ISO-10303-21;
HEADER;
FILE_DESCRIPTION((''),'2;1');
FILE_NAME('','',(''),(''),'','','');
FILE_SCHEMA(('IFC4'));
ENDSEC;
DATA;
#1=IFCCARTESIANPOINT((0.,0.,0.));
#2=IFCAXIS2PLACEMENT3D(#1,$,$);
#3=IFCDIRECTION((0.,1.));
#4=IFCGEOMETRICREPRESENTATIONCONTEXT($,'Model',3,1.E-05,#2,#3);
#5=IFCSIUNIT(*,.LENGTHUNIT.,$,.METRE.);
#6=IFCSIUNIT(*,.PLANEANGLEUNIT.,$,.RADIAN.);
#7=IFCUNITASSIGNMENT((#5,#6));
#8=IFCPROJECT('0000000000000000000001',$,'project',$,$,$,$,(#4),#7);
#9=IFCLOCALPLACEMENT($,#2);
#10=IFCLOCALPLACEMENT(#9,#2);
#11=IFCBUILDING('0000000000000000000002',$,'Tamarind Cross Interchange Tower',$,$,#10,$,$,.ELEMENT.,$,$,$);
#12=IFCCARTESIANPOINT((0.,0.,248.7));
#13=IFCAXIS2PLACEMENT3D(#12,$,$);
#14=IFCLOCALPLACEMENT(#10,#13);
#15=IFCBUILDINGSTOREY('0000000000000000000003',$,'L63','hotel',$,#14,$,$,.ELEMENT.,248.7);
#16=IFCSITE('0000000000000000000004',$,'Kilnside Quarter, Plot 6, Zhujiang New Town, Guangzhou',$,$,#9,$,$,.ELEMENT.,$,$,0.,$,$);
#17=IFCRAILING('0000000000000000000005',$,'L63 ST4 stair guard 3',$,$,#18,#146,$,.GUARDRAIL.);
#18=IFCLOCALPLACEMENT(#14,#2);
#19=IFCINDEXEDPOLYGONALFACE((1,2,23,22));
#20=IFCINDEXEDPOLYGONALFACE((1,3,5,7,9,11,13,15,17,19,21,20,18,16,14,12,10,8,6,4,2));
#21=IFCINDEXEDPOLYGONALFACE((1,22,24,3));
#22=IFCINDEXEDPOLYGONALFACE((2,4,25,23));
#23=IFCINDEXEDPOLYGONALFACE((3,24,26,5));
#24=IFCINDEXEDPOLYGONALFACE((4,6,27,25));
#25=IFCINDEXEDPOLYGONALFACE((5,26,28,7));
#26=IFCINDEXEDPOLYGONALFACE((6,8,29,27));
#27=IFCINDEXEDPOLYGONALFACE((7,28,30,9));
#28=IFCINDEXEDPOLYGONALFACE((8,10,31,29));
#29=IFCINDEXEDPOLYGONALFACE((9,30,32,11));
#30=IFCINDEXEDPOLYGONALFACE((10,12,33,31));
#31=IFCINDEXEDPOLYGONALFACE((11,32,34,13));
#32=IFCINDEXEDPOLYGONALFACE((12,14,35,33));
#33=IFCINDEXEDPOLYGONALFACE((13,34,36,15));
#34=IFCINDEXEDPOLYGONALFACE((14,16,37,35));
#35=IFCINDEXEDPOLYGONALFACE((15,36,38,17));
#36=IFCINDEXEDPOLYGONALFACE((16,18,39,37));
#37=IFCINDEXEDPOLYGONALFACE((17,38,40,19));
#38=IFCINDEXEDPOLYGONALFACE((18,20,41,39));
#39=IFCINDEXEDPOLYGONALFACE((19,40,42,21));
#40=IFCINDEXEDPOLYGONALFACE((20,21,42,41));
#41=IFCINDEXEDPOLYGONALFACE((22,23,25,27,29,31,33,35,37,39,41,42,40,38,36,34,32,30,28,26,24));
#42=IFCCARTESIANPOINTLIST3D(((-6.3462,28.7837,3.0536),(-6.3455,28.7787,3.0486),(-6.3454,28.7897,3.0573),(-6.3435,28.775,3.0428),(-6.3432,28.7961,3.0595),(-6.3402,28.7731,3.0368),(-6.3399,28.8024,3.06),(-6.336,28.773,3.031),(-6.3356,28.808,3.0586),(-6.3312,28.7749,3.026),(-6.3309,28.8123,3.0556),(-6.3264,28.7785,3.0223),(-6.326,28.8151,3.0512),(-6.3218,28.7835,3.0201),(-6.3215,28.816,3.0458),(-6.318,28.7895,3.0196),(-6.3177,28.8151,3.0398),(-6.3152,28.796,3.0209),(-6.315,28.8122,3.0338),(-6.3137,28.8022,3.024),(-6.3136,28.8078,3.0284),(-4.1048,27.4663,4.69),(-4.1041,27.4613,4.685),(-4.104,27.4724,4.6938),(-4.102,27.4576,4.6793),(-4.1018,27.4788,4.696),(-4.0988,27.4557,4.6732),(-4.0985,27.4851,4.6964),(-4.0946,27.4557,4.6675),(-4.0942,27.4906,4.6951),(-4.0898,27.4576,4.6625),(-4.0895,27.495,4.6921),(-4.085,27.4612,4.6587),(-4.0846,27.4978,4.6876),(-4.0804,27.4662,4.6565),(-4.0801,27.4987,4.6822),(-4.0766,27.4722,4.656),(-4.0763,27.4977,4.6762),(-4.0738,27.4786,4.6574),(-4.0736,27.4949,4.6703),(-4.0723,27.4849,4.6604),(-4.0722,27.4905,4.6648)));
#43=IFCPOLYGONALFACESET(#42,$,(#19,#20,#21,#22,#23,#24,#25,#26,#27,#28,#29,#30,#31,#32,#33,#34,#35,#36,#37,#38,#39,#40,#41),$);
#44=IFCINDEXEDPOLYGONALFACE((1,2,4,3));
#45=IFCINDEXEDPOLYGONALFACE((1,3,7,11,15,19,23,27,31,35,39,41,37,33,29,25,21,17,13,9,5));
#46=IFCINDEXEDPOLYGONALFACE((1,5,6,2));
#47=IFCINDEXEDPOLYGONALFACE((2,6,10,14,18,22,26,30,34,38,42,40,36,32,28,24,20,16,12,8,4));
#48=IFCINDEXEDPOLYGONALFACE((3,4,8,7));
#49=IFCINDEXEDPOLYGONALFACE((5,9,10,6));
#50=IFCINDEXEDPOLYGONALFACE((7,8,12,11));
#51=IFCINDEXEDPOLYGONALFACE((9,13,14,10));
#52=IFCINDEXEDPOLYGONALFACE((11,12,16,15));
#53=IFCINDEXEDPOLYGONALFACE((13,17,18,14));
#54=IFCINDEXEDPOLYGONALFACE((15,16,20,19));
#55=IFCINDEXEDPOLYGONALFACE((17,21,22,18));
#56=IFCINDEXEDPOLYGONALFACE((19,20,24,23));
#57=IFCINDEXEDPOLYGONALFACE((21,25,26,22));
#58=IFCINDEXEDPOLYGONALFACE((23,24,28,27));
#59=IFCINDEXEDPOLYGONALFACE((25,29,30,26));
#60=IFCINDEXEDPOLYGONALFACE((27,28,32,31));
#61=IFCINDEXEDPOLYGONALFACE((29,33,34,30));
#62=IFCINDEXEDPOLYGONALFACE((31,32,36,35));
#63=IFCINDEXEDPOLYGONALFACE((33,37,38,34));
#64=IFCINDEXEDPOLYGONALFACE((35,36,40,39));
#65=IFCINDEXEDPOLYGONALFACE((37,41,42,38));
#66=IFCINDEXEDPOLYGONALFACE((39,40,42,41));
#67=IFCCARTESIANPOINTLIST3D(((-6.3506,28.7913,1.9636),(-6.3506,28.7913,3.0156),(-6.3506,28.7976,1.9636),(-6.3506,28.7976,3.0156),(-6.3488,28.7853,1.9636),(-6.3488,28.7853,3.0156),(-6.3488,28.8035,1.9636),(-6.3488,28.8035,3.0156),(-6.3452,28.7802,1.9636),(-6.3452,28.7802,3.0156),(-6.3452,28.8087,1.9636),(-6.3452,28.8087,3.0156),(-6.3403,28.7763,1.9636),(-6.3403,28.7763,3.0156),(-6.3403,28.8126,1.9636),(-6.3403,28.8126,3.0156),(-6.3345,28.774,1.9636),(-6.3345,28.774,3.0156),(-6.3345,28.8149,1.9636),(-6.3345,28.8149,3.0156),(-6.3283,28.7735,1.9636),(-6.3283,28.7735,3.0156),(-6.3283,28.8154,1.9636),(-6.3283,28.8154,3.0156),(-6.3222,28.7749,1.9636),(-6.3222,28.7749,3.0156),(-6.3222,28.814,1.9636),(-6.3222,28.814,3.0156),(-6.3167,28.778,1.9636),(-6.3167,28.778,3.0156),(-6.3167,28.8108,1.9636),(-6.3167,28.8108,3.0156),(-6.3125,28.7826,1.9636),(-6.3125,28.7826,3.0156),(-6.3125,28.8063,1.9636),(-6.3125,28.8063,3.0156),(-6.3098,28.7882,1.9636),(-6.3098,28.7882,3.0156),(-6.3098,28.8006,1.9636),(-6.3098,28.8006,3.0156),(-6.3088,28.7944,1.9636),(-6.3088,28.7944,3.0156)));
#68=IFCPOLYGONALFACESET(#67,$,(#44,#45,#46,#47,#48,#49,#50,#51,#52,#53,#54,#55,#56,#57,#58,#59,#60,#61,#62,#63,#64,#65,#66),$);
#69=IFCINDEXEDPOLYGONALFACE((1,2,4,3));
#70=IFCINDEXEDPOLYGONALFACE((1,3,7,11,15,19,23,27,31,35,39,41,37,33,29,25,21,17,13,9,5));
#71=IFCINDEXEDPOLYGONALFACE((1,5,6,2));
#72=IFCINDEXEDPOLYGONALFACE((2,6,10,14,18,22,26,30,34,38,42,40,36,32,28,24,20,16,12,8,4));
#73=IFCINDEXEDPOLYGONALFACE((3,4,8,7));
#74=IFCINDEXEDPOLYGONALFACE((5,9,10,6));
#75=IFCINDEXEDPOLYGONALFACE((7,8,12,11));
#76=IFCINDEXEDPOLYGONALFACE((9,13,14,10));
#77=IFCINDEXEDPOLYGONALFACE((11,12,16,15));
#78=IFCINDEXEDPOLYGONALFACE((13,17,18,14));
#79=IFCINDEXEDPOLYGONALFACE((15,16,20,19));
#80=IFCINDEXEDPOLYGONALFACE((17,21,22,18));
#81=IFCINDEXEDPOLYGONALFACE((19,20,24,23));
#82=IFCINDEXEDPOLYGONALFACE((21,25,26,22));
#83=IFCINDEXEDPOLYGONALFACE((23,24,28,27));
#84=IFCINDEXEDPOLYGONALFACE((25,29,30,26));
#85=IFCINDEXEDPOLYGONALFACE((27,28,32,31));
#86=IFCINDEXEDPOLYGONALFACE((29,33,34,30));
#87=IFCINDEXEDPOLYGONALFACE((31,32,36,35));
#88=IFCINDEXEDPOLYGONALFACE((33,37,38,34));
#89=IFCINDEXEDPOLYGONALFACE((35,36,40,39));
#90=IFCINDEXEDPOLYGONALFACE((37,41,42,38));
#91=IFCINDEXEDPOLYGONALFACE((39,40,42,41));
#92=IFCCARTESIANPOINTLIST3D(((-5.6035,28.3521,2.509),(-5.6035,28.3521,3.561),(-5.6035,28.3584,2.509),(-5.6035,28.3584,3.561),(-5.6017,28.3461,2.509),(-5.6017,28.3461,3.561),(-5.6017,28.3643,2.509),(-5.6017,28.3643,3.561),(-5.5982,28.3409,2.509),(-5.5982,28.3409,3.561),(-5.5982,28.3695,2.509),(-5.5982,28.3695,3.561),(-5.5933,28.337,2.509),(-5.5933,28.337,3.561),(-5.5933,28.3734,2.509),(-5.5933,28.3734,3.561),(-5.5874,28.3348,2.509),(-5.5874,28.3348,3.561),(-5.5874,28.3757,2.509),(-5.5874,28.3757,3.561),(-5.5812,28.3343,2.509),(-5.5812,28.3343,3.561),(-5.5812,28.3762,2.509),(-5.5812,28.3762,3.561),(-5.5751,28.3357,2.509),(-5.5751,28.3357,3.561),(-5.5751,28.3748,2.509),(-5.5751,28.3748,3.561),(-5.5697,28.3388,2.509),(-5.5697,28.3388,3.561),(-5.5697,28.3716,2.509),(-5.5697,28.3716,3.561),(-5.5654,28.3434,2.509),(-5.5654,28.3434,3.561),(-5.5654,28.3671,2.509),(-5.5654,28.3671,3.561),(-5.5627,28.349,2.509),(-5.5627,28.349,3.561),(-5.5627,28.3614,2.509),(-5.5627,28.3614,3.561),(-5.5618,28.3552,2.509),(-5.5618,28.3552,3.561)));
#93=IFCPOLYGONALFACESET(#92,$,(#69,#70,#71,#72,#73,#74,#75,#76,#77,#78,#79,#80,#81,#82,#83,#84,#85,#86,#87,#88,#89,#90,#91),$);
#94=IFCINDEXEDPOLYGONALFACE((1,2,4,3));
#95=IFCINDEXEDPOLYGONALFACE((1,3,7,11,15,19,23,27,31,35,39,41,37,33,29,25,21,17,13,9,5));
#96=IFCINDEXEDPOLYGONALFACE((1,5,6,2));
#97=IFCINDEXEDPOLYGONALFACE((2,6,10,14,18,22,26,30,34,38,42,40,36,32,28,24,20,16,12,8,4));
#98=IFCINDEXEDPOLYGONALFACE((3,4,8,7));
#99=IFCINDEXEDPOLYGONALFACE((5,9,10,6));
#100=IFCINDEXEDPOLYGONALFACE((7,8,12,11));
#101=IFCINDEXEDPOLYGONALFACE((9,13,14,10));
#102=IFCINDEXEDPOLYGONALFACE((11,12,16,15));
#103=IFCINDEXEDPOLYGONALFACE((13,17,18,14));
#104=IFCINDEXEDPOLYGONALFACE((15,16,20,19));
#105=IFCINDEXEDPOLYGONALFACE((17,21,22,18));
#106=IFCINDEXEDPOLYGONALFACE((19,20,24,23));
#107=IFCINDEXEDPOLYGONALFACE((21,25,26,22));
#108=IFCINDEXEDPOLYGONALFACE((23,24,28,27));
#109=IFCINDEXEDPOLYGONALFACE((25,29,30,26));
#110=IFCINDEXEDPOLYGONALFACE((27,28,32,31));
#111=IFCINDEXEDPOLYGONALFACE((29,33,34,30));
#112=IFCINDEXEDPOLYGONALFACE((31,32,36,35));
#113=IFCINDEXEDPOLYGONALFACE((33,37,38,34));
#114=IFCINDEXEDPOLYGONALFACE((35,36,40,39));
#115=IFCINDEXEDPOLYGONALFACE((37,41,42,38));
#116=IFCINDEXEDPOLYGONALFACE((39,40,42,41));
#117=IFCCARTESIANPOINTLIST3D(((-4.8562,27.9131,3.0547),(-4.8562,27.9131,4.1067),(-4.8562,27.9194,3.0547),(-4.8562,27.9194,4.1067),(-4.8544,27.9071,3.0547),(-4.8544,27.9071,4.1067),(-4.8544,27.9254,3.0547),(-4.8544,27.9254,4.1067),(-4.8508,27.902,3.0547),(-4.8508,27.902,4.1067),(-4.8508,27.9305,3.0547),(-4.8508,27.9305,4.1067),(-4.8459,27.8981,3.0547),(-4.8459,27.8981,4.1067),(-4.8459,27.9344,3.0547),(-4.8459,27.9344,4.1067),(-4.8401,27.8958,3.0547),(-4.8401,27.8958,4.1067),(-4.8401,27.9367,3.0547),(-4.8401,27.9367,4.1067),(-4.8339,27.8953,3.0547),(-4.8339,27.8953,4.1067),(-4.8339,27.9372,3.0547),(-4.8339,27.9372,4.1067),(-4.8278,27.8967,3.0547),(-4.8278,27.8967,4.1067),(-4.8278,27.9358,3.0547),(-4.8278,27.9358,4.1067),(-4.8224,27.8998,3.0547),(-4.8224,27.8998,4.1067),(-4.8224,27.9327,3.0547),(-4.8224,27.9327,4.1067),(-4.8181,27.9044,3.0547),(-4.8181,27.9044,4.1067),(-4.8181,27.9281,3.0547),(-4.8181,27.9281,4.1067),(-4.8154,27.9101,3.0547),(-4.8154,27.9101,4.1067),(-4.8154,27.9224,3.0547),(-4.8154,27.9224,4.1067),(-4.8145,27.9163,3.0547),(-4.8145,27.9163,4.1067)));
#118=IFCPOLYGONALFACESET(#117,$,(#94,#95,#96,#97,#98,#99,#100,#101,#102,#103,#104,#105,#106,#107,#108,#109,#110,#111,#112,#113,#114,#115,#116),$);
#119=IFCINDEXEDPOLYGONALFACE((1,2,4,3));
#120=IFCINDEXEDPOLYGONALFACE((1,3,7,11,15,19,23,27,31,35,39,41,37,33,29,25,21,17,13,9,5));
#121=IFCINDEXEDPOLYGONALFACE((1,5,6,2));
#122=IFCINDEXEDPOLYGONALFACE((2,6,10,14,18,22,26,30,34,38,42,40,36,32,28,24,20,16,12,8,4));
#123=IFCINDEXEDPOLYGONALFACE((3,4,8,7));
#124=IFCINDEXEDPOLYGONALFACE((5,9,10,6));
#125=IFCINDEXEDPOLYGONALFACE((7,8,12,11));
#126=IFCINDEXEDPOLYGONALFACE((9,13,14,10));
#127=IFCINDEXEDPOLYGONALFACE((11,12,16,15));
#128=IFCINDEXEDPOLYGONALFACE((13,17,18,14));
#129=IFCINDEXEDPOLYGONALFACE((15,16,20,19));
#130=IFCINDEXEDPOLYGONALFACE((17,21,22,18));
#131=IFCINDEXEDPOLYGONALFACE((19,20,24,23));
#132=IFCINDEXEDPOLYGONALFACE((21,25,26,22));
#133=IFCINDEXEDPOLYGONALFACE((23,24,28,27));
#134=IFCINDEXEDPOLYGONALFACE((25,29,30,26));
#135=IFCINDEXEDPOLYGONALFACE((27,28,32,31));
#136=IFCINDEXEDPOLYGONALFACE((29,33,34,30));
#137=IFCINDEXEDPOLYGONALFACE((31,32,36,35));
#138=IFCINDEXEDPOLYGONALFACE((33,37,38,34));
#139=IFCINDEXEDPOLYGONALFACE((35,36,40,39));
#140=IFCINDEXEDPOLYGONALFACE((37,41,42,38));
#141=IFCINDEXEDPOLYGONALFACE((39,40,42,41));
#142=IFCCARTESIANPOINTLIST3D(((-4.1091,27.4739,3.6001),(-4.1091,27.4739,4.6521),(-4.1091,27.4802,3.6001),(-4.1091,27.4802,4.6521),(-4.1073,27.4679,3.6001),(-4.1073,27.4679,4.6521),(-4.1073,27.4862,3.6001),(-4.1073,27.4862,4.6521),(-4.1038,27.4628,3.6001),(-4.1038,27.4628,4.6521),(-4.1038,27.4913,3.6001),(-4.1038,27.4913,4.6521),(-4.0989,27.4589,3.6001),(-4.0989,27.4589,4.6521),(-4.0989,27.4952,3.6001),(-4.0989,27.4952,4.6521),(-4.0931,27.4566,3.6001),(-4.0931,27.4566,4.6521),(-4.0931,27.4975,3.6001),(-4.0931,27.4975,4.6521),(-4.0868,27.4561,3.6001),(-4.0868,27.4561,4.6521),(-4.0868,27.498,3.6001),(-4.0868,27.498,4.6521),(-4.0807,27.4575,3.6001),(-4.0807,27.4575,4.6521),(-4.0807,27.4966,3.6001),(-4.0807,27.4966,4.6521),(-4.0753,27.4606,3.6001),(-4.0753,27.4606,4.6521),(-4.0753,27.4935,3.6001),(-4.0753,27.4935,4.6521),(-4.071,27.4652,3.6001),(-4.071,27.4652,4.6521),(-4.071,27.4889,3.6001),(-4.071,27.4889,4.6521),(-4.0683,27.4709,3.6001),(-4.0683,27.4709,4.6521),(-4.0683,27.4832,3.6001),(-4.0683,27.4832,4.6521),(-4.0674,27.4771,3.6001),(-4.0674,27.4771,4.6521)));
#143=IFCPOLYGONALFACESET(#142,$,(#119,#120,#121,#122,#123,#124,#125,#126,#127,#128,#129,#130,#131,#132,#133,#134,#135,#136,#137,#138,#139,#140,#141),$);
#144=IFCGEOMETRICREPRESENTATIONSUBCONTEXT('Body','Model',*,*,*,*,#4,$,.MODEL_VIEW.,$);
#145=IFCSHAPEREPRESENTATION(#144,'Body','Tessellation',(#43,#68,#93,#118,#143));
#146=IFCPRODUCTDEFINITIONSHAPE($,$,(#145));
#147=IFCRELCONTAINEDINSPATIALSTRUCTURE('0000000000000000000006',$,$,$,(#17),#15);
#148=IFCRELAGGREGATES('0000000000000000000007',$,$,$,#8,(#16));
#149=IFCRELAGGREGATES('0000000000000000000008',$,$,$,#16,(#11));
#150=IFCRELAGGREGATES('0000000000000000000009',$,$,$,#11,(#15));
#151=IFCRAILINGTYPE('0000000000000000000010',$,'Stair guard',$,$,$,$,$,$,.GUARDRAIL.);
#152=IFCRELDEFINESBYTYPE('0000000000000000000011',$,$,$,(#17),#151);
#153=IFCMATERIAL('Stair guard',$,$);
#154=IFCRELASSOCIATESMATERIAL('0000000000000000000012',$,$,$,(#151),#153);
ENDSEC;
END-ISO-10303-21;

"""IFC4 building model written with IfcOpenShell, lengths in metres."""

from ifc_helpers import new_model, si_unit, direction, frame, origin, origin_2d, place, context, subcontext, project, spatial, circle, extrude, material, type_object, element, save


model = new_model("IFC4")

# Units and contexts
model_context = context("Model", 3, precision=1e-05, world=origin(), true_north=direction((0.0, 1.0)))
body_context = subcontext(model_context, "Body", "Model", "MODEL_VIEW")
ifc_project = project(units=[si_unit("LENGTHUNIT", "METRE"), si_unit("PLANEANGLEUNIT", "RADIAN")], contexts=[model_context])

# Site, building, storey
site_placement = place(None, origin())
site = spatial("IfcSite", under=ifc_project, at=site_placement, Name="Kilnside Quarter, Plot 6, Zhujiang New Town, Guangzhou", CompositionType="ELEMENT", RefElevation=0.0)
building_placement = place(site_placement, origin())
building = spatial("IfcBuilding", under=site, at=building_placement, Name="Tamarind Cross Interchange Tower", CompositionType="ELEMENT")
storey_placement = place(building_placement, frame((0.0, 0.0, 248.7)))
storey = spatial("IfcBuildingStorey", under=building, at=storey_placement, Name="L63", Description="hotel", CompositionType="ELEMENT", Elevation=248.7)

# Railing
ifc_material_1 = material(Name="Stair guard")
railing_type_1 = type_object("IfcRailingType", Name="Stair guard", PredefinedType="GUARDRAIL", material=ifc_material_1)
railing_1_placement = place(storey_placement, frame((-6.3298, 28.7944, 1.9636)))
element("IfcRailing", 1, at=railing_1_placement, inside=storey, type_object=railing_type_1, Name="L63 ST4 stair guard 3", PredefinedType="GUARDRAIL", context=body_context, shape_type="SweptSolid", body=[
    extrude(circle(Radius=0.0239, at=origin_2d()), frame((0.0, 0.0, 1.0762), z_axis=(0.729622, -0.428825, 0.532693), x_axis=(0.5067, 0.862122, 0.0)), (0.0, 0.0, 1.0), 3.072),
    extrude(circle(Radius=0.021, at=origin_2d()), origin(), (0.0, 0.0, 1.0), 1.052),
    extrude(circle(Radius=0.021, at=origin_2d()), frame((0.7471, -0.4392, 0.5454)), (0.0, 0.0, 1.0), 1.052),
    extrude(circle(Radius=0.021, at=origin_2d()), frame((1.4944, -0.8782, 1.0911)), (0.0, 0.0, 1.0), 1.052),
    extrude(circle(Radius=0.021, at=origin_2d()), frame((2.2415, -1.3174, 1.6365)), (0.0, 0.0, 1.0), 1.052),
])

save(model, "model.ifc")
